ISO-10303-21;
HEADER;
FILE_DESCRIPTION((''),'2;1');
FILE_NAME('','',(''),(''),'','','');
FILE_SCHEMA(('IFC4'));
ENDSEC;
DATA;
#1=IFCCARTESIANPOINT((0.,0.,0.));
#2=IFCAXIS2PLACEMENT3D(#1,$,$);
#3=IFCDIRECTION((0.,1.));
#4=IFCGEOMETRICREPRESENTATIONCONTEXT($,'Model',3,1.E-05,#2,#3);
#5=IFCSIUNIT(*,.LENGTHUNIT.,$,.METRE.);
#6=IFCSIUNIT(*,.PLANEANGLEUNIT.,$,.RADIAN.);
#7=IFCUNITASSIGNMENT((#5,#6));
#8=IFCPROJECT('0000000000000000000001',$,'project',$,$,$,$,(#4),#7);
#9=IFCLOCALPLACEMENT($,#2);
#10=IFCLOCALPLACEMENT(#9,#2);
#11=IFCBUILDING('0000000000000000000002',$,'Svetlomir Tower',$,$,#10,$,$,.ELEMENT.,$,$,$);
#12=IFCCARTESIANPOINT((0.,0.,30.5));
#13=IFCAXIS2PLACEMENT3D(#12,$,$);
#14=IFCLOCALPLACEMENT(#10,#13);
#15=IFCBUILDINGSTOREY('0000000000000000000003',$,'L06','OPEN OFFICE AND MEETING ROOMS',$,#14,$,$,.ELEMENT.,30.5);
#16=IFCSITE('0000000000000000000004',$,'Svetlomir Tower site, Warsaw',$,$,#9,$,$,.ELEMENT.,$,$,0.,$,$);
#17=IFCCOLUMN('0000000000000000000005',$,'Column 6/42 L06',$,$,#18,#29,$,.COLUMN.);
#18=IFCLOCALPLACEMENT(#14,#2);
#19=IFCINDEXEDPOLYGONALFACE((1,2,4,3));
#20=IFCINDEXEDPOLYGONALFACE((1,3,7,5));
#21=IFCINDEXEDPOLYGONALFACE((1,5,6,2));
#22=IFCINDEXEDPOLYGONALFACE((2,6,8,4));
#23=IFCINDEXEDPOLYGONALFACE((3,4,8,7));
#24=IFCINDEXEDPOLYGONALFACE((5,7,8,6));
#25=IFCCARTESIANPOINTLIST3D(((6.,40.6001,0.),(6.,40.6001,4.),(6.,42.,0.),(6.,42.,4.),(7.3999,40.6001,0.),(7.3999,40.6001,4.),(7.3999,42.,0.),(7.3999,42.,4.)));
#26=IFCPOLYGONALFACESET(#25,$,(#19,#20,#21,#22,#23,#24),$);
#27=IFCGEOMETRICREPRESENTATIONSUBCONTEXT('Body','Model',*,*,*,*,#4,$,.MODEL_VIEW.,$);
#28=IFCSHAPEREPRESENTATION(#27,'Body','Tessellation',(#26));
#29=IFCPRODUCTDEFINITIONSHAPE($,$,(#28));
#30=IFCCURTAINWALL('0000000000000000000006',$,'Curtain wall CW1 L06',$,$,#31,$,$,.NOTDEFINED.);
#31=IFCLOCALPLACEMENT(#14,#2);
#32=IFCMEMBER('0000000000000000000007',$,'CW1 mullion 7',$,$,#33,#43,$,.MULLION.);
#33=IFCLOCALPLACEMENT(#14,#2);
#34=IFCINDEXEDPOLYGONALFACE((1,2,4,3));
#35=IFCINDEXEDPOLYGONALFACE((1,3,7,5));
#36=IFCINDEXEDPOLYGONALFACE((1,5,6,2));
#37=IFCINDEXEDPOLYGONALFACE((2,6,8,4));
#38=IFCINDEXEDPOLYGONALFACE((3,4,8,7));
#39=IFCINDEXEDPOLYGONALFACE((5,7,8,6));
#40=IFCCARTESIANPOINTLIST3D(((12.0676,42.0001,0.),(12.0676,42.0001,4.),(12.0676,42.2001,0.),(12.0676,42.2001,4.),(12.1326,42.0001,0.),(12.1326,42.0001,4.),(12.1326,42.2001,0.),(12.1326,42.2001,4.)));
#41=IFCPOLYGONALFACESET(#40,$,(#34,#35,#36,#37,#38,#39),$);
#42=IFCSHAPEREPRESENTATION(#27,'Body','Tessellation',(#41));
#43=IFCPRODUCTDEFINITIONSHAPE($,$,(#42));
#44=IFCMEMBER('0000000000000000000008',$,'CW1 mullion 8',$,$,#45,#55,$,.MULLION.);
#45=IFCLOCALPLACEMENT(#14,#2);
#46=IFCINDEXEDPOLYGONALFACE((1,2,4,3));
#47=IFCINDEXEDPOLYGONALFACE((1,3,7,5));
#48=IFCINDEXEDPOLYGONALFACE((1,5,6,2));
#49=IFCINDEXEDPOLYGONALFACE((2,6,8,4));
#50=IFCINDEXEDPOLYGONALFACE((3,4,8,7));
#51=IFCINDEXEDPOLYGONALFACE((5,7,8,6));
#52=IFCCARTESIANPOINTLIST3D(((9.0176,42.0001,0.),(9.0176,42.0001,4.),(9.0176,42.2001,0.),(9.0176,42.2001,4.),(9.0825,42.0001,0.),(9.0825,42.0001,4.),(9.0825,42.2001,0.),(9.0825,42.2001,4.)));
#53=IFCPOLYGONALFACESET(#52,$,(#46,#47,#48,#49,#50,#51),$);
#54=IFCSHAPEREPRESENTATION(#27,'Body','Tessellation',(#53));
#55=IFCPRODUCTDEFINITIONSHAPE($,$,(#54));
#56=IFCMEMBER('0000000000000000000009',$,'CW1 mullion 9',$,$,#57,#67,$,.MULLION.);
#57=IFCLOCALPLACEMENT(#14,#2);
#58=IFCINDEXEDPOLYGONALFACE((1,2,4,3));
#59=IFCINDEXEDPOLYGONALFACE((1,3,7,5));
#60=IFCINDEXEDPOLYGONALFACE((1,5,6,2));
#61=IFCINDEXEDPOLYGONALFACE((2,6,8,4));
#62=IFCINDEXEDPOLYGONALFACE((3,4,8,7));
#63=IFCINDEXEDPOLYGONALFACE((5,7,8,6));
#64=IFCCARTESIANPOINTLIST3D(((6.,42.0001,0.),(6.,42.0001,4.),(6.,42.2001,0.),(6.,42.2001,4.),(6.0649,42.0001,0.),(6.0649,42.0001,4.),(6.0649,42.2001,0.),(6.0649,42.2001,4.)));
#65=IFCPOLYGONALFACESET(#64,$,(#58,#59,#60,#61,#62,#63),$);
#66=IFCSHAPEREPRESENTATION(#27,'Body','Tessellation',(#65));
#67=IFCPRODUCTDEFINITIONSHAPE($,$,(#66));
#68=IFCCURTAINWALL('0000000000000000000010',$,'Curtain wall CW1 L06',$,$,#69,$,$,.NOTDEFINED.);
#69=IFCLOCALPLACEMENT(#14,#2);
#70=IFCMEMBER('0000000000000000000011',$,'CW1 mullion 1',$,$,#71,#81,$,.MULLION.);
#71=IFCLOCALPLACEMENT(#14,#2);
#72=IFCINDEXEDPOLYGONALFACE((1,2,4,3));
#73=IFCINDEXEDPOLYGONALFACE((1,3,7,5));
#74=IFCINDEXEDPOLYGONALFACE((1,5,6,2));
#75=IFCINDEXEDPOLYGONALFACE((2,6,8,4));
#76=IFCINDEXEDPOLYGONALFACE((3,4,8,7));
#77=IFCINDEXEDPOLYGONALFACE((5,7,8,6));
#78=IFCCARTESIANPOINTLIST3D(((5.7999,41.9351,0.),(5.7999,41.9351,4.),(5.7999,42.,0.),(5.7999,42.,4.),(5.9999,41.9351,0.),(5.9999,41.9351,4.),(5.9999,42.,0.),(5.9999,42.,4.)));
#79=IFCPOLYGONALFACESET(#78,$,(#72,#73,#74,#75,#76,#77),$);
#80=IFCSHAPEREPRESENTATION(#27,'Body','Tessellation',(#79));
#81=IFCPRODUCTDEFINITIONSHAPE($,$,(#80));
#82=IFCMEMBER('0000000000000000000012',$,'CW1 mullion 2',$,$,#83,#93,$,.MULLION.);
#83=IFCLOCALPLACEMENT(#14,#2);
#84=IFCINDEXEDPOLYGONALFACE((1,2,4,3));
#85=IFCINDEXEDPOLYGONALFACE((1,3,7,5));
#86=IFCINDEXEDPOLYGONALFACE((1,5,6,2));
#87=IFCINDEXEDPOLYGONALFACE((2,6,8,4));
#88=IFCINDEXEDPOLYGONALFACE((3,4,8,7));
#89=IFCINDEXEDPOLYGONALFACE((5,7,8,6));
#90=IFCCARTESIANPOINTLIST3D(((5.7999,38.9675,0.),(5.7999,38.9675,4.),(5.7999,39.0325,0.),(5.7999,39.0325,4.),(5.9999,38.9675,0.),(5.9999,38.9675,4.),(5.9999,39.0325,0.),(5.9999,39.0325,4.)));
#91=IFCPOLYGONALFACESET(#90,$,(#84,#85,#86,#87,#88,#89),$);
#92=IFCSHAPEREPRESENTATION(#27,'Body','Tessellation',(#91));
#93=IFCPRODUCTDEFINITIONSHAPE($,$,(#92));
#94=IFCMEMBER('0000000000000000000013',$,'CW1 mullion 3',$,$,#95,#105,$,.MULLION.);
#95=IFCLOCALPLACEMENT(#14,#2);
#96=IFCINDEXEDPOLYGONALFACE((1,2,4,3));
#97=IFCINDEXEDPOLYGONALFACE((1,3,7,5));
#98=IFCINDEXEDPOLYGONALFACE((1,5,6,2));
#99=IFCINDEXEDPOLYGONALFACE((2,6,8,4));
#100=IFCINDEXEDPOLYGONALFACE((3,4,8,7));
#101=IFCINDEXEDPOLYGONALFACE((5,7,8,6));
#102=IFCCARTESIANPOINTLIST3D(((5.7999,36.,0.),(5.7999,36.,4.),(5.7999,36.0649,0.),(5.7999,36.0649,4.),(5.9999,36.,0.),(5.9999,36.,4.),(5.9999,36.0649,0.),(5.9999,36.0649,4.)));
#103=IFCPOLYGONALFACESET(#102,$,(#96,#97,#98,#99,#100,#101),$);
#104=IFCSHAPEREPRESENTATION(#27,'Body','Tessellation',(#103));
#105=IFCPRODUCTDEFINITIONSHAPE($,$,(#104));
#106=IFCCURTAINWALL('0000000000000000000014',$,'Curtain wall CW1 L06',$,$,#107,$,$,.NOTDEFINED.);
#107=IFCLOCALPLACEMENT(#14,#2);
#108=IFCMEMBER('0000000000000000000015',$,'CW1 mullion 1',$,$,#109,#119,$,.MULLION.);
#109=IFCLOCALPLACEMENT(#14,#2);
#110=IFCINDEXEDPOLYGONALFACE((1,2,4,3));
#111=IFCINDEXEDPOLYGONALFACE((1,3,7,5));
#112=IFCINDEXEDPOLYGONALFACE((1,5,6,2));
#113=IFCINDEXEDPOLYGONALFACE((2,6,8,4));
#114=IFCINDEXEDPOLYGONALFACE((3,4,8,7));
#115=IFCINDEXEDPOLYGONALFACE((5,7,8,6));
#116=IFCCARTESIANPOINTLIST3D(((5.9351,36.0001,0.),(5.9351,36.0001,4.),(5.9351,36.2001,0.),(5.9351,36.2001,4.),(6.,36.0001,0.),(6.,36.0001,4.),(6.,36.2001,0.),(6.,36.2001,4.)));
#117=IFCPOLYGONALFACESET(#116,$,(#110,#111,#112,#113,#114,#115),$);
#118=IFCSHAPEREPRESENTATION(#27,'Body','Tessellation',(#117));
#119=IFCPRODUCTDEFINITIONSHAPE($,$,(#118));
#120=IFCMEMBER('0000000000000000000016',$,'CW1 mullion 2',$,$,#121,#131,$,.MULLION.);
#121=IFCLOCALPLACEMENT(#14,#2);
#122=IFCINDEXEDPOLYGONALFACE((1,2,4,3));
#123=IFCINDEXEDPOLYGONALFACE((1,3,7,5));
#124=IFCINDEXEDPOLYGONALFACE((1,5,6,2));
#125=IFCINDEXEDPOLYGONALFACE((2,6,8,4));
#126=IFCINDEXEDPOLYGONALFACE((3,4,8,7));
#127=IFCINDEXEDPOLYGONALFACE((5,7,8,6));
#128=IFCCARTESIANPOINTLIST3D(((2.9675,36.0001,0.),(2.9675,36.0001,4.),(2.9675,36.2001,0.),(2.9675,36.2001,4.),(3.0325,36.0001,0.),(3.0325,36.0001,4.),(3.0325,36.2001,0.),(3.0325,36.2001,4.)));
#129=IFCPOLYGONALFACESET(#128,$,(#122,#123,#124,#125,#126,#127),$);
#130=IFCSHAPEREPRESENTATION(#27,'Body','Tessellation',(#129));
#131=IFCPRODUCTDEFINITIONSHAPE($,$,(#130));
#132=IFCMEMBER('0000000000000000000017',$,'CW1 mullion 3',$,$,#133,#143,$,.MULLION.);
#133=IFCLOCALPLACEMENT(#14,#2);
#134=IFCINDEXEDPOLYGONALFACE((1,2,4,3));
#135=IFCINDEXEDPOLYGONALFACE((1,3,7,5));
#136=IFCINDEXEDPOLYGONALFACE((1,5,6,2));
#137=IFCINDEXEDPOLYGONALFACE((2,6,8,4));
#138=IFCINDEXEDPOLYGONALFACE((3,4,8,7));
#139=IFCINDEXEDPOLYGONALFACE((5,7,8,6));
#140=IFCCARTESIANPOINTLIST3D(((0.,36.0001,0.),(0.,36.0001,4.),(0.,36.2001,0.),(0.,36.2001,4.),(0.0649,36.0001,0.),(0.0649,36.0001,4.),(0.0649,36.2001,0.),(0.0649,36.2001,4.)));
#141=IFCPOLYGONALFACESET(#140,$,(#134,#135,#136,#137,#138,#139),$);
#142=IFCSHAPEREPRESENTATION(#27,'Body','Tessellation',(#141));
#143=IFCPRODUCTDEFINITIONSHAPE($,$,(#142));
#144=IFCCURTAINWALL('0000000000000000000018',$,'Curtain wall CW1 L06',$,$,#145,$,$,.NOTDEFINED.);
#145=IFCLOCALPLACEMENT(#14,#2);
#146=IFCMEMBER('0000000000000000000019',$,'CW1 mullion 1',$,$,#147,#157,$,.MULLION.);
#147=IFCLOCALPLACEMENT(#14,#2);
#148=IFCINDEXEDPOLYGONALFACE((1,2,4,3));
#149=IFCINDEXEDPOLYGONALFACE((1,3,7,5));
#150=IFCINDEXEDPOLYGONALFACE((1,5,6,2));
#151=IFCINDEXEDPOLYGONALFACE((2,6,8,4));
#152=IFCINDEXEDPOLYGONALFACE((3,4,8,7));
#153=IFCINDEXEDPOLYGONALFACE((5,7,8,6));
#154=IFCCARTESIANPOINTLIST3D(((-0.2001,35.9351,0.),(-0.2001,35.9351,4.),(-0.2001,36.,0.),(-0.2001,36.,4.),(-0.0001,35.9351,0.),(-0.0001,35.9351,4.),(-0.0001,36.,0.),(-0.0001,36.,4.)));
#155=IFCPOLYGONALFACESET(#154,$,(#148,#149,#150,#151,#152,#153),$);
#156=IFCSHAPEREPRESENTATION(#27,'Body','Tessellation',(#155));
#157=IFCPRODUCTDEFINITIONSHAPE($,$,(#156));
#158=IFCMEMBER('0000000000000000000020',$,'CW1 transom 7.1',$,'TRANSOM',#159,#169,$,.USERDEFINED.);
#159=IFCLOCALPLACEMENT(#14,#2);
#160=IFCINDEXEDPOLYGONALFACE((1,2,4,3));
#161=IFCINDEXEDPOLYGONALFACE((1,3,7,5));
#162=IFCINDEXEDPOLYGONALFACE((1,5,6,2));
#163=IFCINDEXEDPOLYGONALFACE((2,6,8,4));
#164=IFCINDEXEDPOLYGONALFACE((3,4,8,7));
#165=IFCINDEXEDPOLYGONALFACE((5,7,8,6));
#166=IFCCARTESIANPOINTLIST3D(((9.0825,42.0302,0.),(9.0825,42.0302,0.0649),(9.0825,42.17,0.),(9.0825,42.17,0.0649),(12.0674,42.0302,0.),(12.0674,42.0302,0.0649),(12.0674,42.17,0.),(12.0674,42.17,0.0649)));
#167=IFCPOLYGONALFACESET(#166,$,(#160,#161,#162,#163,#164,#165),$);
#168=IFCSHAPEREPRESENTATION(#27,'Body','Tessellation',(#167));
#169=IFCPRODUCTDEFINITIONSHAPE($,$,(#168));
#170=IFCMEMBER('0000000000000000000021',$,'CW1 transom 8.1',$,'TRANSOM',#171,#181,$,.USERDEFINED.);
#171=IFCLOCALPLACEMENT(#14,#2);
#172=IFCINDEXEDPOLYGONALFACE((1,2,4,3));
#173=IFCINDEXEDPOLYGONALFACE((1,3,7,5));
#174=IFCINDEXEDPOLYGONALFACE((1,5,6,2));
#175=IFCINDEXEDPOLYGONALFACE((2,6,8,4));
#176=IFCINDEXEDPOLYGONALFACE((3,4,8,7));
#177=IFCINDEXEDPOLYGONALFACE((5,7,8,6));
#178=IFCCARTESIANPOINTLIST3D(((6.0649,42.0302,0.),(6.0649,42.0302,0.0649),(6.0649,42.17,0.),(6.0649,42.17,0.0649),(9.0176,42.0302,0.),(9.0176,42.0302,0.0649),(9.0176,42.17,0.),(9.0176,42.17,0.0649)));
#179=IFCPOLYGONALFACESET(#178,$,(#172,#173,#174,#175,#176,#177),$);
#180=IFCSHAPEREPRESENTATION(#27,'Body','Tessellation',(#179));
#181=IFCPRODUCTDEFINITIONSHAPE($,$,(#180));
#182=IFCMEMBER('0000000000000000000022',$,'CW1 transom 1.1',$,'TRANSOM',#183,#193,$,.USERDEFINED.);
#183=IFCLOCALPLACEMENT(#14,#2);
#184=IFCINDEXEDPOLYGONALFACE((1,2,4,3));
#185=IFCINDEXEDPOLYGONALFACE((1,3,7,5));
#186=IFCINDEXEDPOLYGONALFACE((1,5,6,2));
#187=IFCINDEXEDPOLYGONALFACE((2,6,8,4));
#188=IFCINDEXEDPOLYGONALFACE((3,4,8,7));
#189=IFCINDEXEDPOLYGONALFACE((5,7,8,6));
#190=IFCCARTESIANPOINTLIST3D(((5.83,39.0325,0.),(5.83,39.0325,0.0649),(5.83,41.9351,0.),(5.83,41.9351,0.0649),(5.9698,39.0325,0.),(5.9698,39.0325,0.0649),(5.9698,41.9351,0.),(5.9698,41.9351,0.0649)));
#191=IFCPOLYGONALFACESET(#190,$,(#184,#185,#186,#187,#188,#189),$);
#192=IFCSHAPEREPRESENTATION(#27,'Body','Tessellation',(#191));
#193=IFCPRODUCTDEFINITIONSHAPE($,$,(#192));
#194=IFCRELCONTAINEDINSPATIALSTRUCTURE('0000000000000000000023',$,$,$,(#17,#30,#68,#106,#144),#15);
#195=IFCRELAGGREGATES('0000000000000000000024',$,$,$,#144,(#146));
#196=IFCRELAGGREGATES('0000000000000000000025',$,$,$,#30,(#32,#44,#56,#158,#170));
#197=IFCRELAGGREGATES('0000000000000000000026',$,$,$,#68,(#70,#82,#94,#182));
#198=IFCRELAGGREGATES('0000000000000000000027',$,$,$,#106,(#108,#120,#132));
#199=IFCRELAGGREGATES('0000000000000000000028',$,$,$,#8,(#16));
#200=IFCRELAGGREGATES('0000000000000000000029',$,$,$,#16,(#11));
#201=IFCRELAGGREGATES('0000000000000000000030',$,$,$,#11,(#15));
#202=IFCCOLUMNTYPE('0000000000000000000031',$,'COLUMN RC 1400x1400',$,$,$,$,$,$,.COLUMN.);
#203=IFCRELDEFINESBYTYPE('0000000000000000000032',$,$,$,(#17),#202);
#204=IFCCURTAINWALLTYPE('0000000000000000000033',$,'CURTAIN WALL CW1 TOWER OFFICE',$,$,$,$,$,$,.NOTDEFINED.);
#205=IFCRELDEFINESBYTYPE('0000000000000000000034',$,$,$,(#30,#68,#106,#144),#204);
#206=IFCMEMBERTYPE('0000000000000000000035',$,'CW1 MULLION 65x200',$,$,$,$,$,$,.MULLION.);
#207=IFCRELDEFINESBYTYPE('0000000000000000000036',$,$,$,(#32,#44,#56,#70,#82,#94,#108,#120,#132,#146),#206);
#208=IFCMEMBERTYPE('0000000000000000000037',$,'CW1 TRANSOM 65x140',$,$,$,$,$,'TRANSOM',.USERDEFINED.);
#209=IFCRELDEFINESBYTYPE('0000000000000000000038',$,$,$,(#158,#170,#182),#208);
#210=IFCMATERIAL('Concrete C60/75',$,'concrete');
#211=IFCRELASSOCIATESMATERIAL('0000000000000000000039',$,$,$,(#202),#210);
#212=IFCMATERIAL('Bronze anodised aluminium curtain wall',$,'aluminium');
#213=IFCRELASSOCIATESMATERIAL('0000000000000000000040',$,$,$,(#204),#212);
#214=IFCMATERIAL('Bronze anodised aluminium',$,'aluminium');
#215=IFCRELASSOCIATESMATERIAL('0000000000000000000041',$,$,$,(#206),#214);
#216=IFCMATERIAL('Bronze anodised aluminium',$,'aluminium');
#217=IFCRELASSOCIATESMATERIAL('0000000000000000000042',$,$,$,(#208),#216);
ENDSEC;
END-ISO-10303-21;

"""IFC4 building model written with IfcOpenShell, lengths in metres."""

from ifc_helpers import new_model, si_unit, direction, frame, origin, origin_2d, place, context, subcontext, project, spatial, rectangle, extrude, material, material_profile, profile_set, type_object, element, aggregate, save


model = new_model("IFC4")

# Units and contexts
model_context = context("Model", 3, precision=1e-05, world=origin(), true_north=direction((0.0, 1.0)))
body_context = subcontext(model_context, "Body", "Model", "MODEL_VIEW")
ifc_project = project(units=[si_unit("LENGTHUNIT", "METRE"), si_unit("PLANEANGLEUNIT", "RADIAN")], contexts=[model_context])

# Site, building, storey
site_placement = place(None, origin())
site = spatial("IfcSite", under=ifc_project, at=site_placement, Name="Svetlomir Tower site, Warsaw", CompositionType="ELEMENT", RefElevation=0.0)
building_placement = place(site_placement, origin())
building = spatial("IfcBuilding", under=site, at=building_placement, Name="Svetlomir Tower", CompositionType="ELEMENT")
storey_placement = place(building_placement, frame((0.0, 0.0, 30.5)))
storey = spatial("IfcBuildingStorey", under=building, at=storey_placement, Name="L06", Description="OPEN OFFICE AND MEETING ROOMS", CompositionType="ELEMENT", Elevation=30.5)

# Column
ifc_material_1 = material(Name="Concrete C60/75", Category="concrete")
ifc_material_profile_1 = material_profile(ifc_material_1, rectangle(XDim=1.3999, YDim=1.3999, at=origin_2d()), Name="RC 1400x1400")
ifc_profile_set_1 = profile_set([ifc_material_profile_1], Name="Concrete C60/75")
column_type = type_object("IfcColumnType", Name="COLUMN RC 1400x1400", PredefinedType="COLUMN", material=ifc_profile_set_1)
column_placement = place(storey_placement, frame((6.7, 41.3, 0.0), z_axis=(0.0, 0.0, 1.0), x_axis=(1.0, 0.0, 0.0)))
element("IfcColumn", 1, at=column_placement, inside=storey, type_object=column_type, Name="Column 6/42 L06", PredefinedType="COLUMN", context=body_context, shape_type="SweptSolid", body=[
    extrude(rectangle(XDim=1.3999, YDim=1.3999, at=origin_2d()), origin(), (0.0, 0.0, 1.0), 4.0),
])

# Curtain walls, members
ifc_material_2 = material(Name="Bronze anodised aluminium curtain wall", Category="aluminium")
curtain_wall_type = type_object("IfcCurtainWallType", Name="CURTAIN WALL CW1 TOWER OFFICE", PredefinedType="NOTDEFINED", material=ifc_material_2)
curtain_wall_1_placement = place(storey_placement, origin())
curtain_wall_1 = element("IfcCurtainWall", 2, at=curtain_wall_1_placement, inside=storey, type_object=curtain_wall_type, Name="Curtain wall CW1 L06", PredefinedType="NOTDEFINED")
ifc_material_3 = material(Name="Bronze anodised aluminium", Category="aluminium")
ifc_material_profile_2 = material_profile(ifc_material_3, rectangle(XDim=0.0649, YDim=0.2, at=origin_2d()), Name="AL 65x200")
ifc_profile_set_2 = profile_set([ifc_material_profile_2], Name="Bronze anodised aluminium 6063-T6")
member_type_1 = type_object("IfcMemberType", Name="CW1 MULLION 65x200", PredefinedType="MULLION", material=ifc_profile_set_2)
member_1_placement = place(storey_placement, frame((12.1001, 42.1001, 0.0), z_axis=(0.0, 0.0, 1.0), x_axis=(-1.0, 0.0, 0.0)))
member_1 = element("IfcMember", 3, at=member_1_placement, type_object=member_type_1, Name="CW1 mullion 7", PredefinedType="MULLION", context=body_context, shape_type="SweptSolid", body=[
    extrude(rectangle(XDim=0.0649, YDim=0.2, at=origin_2d()), origin(), (0.0, 0.0, 1.0), 4.0),
])
member_2_placement = place(storey_placement, frame((9.05, 42.1001, 0.0), z_axis=(0.0, 0.0, 1.0), x_axis=(-1.0, 0.0, 0.0)))
member_2 = element("IfcMember", 4, at=member_2_placement, type_object=member_type_1, Name="CW1 mullion 8", PredefinedType="MULLION", context=body_context, shape_type="SweptSolid", body=[
    extrude(rectangle(XDim=0.0649, YDim=0.2, at=origin_2d()), origin(), (0.0, 0.0, 1.0), 4.0),
])
member_3_placement = place(storey_placement, frame((6.0325, 42.1001, 0.0), z_axis=(0.0, 0.0, 1.0), x_axis=(-1.0, 0.0, 0.0)))
member_3 = element("IfcMember", 5, at=member_3_placement, type_object=member_type_1, Name="CW1 mullion 9", PredefinedType="MULLION", context=body_context, shape_type="SweptSolid", body=[
    extrude(rectangle(XDim=0.0649, YDim=0.2, at=origin_2d()), origin(), (0.0, 0.0, 1.0), 4.0),
])
curtain_wall_2_placement = place(storey_placement, origin())
curtain_wall_2 = element("IfcCurtainWall", 6, at=curtain_wall_2_placement, inside=storey, type_object=curtain_wall_type, Name="Curtain wall CW1 L06", PredefinedType="NOTDEFINED")
member_4_placement = place(storey_placement, frame((5.8999, 41.9675, 0.0), z_axis=(0.0, 0.0, 1.0), x_axis=(0.0, -1.0, 0.0)))
member_4 = element("IfcMember", 7, at=member_4_placement, type_object=member_type_1, Name="CW1 mullion 1", PredefinedType="MULLION", context=body_context, shape_type="SweptSolid", body=[
    extrude(rectangle(XDim=0.0649, YDim=0.2, at=origin_2d()), origin(), (0.0, 0.0, 1.0), 4.0),
])
member_5_placement = place(storey_placement, frame((5.8999, 39.0, 0.0), z_axis=(0.0, 0.0, 1.0), x_axis=(0.0, -1.0, 0.0)))
member_5 = element("IfcMember", 8, at=member_5_placement, type_object=member_type_1, Name="CW1 mullion 2", PredefinedType="MULLION", context=body_context, shape_type="SweptSolid", body=[
    extrude(rectangle(XDim=0.0649, YDim=0.2, at=origin_2d()), origin(), (0.0, 0.0, 1.0), 4.0),
])
member_6_placement = place(storey_placement, frame((5.8999, 36.0325, 0.0), z_axis=(0.0, 0.0, 1.0), x_axis=(0.0, -1.0, 0.0)))
member_6 = element("IfcMember", 9, at=member_6_placement, type_object=member_type_1, Name="CW1 mullion 3", PredefinedType="MULLION", context=body_context, shape_type="SweptSolid", body=[
    extrude(rectangle(XDim=0.0649, YDim=0.2, at=origin_2d()), origin(), (0.0, 0.0, 1.0), 4.0),
])
curtain_wall_3_placement = place(storey_placement, origin())
curtain_wall_3 = element("IfcCurtainWall", 10, at=curtain_wall_3_placement, inside=storey, type_object=curtain_wall_type, Name="Curtain wall CW1 L06", PredefinedType="NOTDEFINED")
member_7_placement = place(storey_placement, frame((5.9675, 36.1001, 0.0), z_axis=(0.0, 0.0, 1.0), x_axis=(-1.0, 0.0, 0.0)))
member_7 = element("IfcMember", 11, at=member_7_placement, type_object=member_type_1, Name="CW1 mullion 1", PredefinedType="MULLION", context=body_context, shape_type="SweptSolid", body=[
    extrude(rectangle(XDim=0.0649, YDim=0.2, at=origin_2d()), origin(), (0.0, 0.0, 1.0), 4.0),
])
member_8_placement = place(storey_placement, frame((3.0, 36.1001, 0.0), z_axis=(0.0, 0.0, 1.0), x_axis=(-1.0, 0.0, 0.0)))
member_8 = element("IfcMember", 12, at=member_8_placement, type_object=member_type_1, Name="CW1 mullion 2", PredefinedType="MULLION", context=body_context, shape_type="SweptSolid", body=[
    extrude(rectangle(XDim=0.0649, YDim=0.2, at=origin_2d()), origin(), (0.0, 0.0, 1.0), 4.0),
])
member_9_placement = place(storey_placement, frame((0.0325, 36.1001, 0.0), z_axis=(0.0, 0.0, 1.0), x_axis=(-1.0, 0.0, 0.0)))
member_9 = element("IfcMember", 13, at=member_9_placement, type_object=member_type_1, Name="CW1 mullion 3", PredefinedType="MULLION", context=body_context, shape_type="SweptSolid", body=[
    extrude(rectangle(XDim=0.0649, YDim=0.2, at=origin_2d()), origin(), (0.0, 0.0, 1.0), 4.0),
])

# Curtain wall, member
curtain_wall_4_placement = place(storey_placement, origin())
curtain_wall_4 = element("IfcCurtainWall", 14, at=curtain_wall_4_placement, inside=storey, type_object=curtain_wall_type, Name="Curtain wall CW1 L06", PredefinedType="NOTDEFINED")
member_10_placement = place(storey_placement, frame((-0.1001, 35.9675, 0.0), z_axis=(0.0, 0.0, 1.0), x_axis=(0.0, -1.0, 0.0)))
member_10 = element("IfcMember", 15, at=member_10_placement, type_object=member_type_1, Name="CW1 mullion 1", PredefinedType="MULLION", context=body_context, shape_type="SweptSolid", body=[
    extrude(rectangle(XDim=0.0649, YDim=0.2, at=origin_2d()), origin(), (0.0, 0.0, 1.0), 4.0),
])

# Members
ifc_material_4 = material(Name="Bronze anodised aluminium", Category="aluminium")
ifc_material_profile_3 = material_profile(ifc_material_4, rectangle(XDim=0.1399, YDim=0.0649, at=origin_2d()), Name="AL 140x65")
ifc_profile_set_3 = profile_set([ifc_material_profile_3], Name="Bronze anodised aluminium 6063-T6")
member_type_2 = type_object("IfcMemberType", Name="CW1 TRANSOM 65x140", ElementType="TRANSOM", PredefinedType="USERDEFINED", material=ifc_profile_set_3)
member_11_placement = place(storey_placement, frame((12.0674, 42.1001, 0.0325), z_axis=(-1.0, 0.0, 0.0), x_axis=(0.0, -1.0, 0.0)))
member_11 = element("IfcMember", 16, at=member_11_placement, type_object=member_type_2, Name="CW1 transom 7.1", ObjectType="TRANSOM", PredefinedType="USERDEFINED", context=body_context, shape_type="SweptSolid", body=[
    extrude(rectangle(XDim=0.1399, YDim=0.0649, at=origin_2d()), origin(), (0.0, 0.0, 1.0), 2.9849),
])
member_12_placement = place(storey_placement, frame((9.0176, 42.1001, 0.0325), z_axis=(-1.0, 0.0, 0.0), x_axis=(0.0, -1.0, 0.0)))
member_12 = element("IfcMember", 17, at=member_12_placement, type_object=member_type_2, Name="CW1 transom 8.1", ObjectType="TRANSOM", PredefinedType="USERDEFINED", context=body_context, shape_type="SweptSolid", body=[
    extrude(rectangle(XDim=0.1399, YDim=0.0649, at=origin_2d()), origin(), (0.0, 0.0, 1.0), 2.9526),
])
member_13_placement = place(storey_placement, frame((5.8999, 41.9351, 0.0325), z_axis=(0.0, -1.0, 0.0), x_axis=(1.0, 0.0, 0.0)))
member_13 = element("IfcMember", 18, at=member_13_placement, type_object=member_type_2, Name="CW1 transom 1.1", ObjectType="TRANSOM", PredefinedType="USERDEFINED", context=body_context, shape_type="SweptSolid", body=[
    extrude(rectangle(XDim=0.1399, YDim=0.0649, at=origin_2d()), origin(), (0.0, 0.0, 1.0), 2.9026),
])
aggregate(curtain_wall_4, [member_10])

aggregate(curtain_wall_1, [member_1, member_2, member_3, member_11, member_12])
aggregate(curtain_wall_2, [member_4, member_5, member_6, member_13])
aggregate(curtain_wall_3, [member_7, member_8, member_9])

save(model, "model.ifc")
